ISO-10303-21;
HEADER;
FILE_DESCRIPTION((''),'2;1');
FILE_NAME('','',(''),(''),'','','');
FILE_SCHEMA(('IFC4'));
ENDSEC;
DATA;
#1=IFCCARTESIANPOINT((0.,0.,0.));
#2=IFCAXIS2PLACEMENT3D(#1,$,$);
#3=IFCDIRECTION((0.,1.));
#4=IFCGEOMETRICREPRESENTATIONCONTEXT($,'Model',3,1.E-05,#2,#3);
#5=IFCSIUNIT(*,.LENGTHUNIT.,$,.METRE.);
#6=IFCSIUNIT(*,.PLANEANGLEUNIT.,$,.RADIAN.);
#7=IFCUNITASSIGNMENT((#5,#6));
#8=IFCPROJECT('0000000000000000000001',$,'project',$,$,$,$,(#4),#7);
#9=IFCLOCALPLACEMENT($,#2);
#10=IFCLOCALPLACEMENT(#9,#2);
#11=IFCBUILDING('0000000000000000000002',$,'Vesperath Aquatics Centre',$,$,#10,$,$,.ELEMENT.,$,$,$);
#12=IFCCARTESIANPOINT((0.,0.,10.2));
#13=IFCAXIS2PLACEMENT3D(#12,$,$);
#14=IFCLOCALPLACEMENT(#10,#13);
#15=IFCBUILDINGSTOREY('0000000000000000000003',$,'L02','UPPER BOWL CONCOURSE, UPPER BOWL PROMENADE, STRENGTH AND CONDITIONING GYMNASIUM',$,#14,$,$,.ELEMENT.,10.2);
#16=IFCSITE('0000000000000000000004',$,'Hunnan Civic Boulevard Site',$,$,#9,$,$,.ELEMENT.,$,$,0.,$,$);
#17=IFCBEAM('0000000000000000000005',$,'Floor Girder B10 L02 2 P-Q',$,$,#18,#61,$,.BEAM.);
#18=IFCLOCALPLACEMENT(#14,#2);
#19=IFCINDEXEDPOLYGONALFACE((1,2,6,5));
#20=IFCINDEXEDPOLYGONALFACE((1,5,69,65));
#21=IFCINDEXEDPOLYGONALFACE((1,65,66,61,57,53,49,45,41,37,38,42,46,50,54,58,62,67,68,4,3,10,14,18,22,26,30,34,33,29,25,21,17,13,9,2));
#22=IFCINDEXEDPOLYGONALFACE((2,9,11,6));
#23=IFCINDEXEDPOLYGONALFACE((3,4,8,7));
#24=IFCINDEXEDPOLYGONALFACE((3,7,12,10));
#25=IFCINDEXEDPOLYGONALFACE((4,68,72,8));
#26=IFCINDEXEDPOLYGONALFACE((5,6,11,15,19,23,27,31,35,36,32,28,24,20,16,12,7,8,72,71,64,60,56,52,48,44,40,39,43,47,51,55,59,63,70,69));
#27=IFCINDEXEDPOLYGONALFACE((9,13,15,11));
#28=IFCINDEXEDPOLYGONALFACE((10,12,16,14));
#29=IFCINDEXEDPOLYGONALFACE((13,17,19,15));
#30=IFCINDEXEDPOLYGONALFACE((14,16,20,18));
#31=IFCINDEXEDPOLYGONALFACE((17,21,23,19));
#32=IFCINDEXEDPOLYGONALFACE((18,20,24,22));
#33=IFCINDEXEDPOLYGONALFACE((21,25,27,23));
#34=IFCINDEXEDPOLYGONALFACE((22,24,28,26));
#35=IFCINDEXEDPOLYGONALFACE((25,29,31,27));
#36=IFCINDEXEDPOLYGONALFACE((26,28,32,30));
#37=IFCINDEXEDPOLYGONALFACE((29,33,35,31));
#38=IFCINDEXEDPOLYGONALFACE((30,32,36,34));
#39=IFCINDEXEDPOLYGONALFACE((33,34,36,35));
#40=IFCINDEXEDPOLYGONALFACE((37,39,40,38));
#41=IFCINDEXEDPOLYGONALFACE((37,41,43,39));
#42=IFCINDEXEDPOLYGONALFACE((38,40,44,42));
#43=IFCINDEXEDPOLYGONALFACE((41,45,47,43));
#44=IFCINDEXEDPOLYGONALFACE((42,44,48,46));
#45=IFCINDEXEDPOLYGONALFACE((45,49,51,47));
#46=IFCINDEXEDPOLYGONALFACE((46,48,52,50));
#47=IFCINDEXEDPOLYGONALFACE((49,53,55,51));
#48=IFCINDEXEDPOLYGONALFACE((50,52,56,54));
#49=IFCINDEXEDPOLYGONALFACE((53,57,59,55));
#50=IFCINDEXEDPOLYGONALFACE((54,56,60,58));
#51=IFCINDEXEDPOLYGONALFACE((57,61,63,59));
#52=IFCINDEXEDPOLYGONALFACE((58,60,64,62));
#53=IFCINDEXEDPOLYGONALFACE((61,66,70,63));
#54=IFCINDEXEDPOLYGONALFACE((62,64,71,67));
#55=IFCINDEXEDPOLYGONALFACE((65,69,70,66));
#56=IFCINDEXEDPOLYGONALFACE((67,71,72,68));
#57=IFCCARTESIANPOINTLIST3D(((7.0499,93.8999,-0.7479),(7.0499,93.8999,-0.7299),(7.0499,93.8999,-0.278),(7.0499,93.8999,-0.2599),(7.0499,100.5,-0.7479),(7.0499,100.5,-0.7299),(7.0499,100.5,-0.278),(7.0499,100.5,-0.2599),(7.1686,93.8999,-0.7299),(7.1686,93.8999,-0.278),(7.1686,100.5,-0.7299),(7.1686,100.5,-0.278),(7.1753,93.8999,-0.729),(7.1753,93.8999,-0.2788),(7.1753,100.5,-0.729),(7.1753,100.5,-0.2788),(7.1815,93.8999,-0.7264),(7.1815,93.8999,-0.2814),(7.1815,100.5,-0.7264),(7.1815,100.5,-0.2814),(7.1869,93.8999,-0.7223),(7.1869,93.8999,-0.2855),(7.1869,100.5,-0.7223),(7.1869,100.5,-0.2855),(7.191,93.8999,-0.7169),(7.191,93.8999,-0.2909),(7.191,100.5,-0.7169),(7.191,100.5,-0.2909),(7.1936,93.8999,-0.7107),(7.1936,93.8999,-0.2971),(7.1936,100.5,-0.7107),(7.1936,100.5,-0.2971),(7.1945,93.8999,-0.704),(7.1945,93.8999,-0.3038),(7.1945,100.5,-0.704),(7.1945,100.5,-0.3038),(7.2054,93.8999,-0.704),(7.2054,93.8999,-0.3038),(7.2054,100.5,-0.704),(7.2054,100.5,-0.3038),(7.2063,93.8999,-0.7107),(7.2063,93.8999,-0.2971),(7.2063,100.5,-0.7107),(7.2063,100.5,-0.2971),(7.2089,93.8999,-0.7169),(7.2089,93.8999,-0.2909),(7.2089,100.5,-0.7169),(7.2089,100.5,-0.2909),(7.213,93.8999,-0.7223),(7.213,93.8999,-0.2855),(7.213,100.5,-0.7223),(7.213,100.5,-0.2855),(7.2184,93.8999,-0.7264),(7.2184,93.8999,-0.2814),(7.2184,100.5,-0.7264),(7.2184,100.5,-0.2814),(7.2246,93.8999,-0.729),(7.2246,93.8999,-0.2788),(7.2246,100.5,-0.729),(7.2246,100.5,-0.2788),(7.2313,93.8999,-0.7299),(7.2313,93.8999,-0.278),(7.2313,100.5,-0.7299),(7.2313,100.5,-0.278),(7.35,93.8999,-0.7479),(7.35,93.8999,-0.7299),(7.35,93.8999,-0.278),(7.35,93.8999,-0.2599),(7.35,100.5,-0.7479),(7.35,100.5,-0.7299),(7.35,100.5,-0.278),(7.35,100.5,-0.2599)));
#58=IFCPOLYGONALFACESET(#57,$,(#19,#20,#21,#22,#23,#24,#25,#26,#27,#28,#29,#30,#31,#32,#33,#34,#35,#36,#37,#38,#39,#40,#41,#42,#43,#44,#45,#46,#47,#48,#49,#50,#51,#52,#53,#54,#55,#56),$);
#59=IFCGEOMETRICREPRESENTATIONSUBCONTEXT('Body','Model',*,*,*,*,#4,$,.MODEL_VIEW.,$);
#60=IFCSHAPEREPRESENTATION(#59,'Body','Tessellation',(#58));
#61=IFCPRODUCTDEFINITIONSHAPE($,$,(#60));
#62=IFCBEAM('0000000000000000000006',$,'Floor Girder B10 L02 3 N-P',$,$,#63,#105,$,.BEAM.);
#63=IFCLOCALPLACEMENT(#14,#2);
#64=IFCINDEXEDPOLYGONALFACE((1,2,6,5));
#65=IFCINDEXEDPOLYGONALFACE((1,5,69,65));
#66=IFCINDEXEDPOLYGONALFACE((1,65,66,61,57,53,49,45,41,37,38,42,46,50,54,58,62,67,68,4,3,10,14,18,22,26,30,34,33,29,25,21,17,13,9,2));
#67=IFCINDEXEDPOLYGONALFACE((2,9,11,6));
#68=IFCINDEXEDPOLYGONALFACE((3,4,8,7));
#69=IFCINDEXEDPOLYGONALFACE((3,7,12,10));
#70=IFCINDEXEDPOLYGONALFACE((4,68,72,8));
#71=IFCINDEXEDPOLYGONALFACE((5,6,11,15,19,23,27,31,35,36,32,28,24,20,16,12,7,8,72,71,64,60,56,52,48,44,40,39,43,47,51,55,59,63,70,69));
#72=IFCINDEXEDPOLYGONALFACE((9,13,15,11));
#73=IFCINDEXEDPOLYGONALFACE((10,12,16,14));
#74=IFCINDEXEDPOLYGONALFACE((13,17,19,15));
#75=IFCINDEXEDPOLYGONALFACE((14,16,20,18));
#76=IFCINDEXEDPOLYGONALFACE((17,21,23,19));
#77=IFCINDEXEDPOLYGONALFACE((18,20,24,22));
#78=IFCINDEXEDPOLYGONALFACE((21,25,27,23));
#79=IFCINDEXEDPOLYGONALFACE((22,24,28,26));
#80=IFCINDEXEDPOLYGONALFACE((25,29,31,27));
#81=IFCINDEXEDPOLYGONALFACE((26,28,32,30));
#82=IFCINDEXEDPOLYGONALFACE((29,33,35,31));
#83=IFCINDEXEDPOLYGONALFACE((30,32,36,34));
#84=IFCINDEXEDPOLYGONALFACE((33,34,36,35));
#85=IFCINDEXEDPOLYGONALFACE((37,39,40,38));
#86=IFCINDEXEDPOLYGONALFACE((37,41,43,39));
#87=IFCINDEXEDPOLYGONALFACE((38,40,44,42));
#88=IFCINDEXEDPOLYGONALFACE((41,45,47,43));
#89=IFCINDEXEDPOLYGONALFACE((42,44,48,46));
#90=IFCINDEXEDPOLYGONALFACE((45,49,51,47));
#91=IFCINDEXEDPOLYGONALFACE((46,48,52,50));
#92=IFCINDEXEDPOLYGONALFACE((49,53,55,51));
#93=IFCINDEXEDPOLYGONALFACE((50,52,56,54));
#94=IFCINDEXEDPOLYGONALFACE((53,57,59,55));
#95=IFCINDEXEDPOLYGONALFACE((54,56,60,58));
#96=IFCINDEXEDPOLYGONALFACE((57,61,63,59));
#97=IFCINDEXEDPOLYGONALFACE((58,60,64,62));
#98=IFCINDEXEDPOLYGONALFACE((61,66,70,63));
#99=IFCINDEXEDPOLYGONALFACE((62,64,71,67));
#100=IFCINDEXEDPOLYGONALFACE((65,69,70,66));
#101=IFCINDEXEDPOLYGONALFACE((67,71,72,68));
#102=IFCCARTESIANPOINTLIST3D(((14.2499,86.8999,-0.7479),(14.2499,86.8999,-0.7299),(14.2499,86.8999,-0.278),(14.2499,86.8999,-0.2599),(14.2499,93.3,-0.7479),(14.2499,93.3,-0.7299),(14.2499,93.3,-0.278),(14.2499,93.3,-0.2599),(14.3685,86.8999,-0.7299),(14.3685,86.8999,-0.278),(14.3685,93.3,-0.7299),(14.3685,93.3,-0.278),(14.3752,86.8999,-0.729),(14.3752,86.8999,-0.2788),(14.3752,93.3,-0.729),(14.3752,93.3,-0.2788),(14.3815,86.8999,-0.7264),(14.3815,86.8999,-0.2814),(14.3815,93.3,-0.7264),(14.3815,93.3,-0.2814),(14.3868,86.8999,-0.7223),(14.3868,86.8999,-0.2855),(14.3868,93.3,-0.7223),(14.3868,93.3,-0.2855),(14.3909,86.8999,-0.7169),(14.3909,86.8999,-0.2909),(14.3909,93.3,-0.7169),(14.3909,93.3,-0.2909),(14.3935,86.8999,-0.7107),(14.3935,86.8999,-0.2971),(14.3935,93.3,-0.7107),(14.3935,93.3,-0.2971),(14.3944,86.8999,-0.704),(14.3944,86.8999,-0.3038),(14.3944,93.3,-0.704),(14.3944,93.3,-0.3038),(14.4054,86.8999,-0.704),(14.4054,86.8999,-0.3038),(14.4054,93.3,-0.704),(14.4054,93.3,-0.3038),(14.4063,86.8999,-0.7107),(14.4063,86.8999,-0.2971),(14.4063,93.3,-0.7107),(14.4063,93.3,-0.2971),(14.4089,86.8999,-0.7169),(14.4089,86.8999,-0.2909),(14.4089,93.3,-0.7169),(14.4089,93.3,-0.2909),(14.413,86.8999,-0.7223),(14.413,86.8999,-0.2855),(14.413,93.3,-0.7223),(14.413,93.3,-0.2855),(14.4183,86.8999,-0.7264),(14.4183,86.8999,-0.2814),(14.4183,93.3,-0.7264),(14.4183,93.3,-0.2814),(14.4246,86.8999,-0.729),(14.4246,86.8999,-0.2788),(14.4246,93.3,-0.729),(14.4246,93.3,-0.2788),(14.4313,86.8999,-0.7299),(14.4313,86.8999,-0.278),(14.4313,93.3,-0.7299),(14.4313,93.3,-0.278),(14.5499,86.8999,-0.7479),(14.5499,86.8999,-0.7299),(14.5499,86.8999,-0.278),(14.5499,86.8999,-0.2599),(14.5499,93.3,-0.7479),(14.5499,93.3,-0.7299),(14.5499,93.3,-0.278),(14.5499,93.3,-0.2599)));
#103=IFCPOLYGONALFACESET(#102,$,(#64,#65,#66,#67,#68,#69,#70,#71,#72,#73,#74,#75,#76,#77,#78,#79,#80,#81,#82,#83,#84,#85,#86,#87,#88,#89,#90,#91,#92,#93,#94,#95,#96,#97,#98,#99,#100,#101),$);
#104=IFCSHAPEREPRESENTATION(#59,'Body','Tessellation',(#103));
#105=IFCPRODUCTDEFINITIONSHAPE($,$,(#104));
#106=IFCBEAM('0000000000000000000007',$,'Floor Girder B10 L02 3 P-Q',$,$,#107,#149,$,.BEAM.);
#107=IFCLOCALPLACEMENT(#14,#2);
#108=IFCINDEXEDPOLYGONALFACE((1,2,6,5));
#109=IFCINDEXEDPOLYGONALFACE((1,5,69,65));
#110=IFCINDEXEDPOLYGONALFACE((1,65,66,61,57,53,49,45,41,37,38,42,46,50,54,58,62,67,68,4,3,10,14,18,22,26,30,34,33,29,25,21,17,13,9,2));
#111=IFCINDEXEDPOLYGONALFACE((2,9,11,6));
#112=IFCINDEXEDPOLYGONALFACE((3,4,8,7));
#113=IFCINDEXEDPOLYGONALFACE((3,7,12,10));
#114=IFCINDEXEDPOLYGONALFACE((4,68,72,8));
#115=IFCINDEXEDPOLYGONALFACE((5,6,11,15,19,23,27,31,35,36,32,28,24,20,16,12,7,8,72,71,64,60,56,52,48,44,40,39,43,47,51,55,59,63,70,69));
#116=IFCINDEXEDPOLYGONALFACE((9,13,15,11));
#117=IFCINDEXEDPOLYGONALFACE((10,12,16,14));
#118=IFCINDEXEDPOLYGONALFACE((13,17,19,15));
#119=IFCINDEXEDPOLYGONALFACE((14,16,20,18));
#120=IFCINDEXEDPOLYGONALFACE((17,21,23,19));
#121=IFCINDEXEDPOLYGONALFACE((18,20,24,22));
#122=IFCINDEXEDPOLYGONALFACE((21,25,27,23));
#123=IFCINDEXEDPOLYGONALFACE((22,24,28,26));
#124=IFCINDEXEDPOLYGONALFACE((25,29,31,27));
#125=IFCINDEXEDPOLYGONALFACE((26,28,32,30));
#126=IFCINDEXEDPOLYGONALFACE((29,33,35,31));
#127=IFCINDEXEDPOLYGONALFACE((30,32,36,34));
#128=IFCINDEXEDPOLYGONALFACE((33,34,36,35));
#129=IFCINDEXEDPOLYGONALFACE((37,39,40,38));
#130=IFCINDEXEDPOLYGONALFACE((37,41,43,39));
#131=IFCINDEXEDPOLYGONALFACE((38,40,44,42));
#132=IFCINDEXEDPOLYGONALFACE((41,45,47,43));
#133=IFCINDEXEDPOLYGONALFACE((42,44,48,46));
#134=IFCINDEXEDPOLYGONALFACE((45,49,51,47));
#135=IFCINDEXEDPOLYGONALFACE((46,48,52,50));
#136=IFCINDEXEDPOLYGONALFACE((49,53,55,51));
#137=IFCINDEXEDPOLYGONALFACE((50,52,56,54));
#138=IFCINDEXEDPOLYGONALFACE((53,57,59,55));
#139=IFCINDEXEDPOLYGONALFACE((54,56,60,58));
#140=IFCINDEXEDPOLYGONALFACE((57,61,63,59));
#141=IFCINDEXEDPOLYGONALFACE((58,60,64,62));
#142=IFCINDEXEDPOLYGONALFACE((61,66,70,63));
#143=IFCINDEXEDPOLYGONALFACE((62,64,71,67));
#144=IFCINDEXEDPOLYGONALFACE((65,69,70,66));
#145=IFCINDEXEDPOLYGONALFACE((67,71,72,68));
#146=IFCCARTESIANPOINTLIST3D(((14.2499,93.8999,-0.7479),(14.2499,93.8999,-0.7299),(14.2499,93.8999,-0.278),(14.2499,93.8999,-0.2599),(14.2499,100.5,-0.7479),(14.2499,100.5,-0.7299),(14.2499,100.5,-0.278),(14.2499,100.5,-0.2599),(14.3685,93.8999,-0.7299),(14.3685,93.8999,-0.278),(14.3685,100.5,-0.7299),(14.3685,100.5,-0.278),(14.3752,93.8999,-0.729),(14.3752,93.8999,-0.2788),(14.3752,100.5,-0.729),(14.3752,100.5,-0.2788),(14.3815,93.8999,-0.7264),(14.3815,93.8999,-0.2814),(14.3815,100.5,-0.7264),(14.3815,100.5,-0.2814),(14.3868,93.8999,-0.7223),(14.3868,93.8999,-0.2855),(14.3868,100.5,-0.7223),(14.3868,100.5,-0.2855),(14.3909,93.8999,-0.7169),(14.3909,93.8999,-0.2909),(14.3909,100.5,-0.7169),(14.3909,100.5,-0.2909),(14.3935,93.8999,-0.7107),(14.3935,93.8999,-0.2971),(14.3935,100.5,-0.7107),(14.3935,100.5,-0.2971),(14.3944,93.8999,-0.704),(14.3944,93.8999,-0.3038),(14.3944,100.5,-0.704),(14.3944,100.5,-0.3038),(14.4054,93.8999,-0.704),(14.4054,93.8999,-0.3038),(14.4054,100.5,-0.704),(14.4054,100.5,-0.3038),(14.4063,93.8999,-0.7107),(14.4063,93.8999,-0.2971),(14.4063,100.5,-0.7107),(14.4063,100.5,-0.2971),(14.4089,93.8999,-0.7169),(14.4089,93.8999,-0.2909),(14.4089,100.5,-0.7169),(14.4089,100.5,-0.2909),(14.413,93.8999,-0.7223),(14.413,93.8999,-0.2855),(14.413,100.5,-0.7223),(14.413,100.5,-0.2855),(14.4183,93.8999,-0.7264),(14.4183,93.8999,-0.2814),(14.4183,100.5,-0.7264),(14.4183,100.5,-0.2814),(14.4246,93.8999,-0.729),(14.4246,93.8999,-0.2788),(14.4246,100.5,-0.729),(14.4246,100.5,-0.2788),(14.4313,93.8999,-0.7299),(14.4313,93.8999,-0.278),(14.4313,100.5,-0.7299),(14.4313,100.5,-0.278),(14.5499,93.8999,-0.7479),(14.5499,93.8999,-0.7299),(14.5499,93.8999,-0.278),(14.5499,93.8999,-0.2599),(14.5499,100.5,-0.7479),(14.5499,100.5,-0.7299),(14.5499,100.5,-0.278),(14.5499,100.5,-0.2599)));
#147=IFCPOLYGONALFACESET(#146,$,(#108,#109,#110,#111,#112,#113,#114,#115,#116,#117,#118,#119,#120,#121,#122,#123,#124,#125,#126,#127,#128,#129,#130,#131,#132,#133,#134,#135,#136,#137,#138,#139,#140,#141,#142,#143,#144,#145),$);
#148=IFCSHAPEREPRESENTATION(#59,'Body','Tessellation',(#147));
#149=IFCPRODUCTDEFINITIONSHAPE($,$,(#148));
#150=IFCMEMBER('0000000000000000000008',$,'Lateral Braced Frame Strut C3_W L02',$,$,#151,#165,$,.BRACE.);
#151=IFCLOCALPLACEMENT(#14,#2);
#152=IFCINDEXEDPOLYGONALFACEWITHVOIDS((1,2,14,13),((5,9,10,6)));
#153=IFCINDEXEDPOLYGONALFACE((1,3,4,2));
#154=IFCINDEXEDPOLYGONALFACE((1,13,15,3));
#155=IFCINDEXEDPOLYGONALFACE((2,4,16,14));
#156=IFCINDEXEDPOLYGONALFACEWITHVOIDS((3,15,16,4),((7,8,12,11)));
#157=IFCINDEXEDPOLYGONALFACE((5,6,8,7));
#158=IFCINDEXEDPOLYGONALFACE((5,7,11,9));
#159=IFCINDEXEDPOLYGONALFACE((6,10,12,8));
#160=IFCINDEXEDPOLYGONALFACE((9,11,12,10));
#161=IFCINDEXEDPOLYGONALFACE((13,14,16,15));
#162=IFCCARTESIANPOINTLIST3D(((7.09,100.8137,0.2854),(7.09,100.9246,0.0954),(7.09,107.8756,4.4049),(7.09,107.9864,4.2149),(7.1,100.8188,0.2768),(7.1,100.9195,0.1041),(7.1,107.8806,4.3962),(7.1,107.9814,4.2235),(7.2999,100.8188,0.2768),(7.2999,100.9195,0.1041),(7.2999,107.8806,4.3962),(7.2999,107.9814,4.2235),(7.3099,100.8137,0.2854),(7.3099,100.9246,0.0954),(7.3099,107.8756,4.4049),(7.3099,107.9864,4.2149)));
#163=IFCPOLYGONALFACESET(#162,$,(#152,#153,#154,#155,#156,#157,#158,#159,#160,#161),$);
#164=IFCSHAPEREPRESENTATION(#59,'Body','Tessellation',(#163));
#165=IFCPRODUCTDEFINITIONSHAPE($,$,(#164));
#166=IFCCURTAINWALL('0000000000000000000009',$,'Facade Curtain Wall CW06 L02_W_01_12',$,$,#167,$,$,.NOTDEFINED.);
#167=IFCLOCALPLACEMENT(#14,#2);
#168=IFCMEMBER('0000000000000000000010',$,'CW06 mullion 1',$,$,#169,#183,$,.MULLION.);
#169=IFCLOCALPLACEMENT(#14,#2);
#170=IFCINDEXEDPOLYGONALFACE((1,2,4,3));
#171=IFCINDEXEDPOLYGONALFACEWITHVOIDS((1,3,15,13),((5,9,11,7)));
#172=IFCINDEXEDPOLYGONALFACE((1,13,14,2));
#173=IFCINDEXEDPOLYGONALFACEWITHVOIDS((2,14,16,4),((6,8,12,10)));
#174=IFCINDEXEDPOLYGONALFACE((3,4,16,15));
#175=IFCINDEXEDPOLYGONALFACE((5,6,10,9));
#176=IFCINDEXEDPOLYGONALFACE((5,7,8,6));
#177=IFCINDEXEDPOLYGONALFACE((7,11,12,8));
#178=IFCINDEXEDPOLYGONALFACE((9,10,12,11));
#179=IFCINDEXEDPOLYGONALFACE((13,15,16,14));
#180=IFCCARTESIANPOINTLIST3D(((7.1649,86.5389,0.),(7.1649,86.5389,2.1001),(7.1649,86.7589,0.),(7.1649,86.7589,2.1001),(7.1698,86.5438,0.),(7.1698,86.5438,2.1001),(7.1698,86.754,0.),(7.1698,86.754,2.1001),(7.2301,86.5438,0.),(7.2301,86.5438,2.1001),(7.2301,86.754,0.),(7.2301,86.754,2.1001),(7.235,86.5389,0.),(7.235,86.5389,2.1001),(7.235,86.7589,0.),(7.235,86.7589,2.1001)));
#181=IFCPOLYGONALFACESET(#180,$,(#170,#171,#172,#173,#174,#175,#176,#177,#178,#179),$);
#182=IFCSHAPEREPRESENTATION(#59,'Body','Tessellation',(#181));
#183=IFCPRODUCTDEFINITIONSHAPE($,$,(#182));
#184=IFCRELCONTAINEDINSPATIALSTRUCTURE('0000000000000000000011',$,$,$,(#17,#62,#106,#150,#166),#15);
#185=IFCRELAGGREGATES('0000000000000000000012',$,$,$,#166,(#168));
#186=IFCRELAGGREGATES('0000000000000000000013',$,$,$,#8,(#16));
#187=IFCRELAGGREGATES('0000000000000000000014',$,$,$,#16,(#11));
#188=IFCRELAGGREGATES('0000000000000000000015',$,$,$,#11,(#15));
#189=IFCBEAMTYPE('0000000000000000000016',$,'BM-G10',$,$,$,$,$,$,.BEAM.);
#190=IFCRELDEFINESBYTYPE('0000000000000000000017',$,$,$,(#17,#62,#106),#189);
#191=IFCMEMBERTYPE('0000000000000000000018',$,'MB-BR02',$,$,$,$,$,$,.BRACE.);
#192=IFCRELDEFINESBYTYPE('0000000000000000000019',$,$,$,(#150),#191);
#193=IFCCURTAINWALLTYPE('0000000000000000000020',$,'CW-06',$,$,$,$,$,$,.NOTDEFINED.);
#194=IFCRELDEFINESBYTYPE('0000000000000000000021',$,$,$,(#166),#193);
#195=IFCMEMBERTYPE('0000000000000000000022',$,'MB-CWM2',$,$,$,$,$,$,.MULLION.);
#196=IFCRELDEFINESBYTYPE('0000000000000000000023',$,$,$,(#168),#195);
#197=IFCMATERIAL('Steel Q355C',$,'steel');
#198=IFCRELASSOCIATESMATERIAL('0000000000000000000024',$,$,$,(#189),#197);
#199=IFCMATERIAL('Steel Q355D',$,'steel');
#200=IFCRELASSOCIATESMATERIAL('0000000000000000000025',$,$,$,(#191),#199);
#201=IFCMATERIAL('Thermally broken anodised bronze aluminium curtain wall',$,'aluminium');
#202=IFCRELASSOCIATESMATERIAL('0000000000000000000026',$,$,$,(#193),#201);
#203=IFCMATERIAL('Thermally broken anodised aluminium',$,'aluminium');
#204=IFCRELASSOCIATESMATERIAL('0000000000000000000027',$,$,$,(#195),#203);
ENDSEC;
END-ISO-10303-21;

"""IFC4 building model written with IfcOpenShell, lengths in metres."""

from ifc_helpers import new_model, si_unit, direction, frame, origin, origin_2d, place, context, subcontext, project, spatial, hollow_rectangle, i_section, extrude, material, material_profile, profile_set, type_object, element, aggregate, save


model = new_model("IFC4")

# Units and contexts
model_context = context("Model", 3, precision=1e-05, world=origin(), true_north=direction((0.0, 1.0)))
body_context = subcontext(model_context, "Body", "Model", "MODEL_VIEW")
ifc_project = project(units=[si_unit("LENGTHUNIT", "METRE"), si_unit("PLANEANGLEUNIT", "RADIAN")], contexts=[model_context])

# Site, building, storey
site_placement = place(None, origin())
site = spatial("IfcSite", under=ifc_project, at=site_placement, Name="Hunnan Civic Boulevard Site", CompositionType="ELEMENT", RefElevation=0.0)
building_placement = place(site_placement, origin())
building = spatial("IfcBuilding", under=site, at=building_placement, Name="Vesperath Aquatics Centre", CompositionType="ELEMENT")
storey_placement = place(building_placement, frame((0.0, 0.0, 10.2)))
storey = spatial("IfcBuildingStorey", under=building, at=storey_placement, Name="L02", Description="UPPER BOWL CONCOURSE, UPPER BOWL PROMENADE, STRENGTH AND CONDITIONING GYMNASIUM", CompositionType="ELEMENT", Elevation=10.2)

# Beams
ifc_material_1 = material(Name="Steel Q355C", Category="steel")
ifc_material_profile_1 = material_profile(ifc_material_1, i_section(OverallWidth=0.3, OverallDepth=0.488, WebThickness=0.011, FlangeThickness=0.0181, FilletRadius=0.0259, at=origin_2d()), Name="HM 488x300x11x18")
ifc_profile_set_1 = profile_set([ifc_material_profile_1], Name="Steel Q355C")
beam_type_1 = type_object("IfcBeamType", Name="BM-G10", PredefinedType="BEAM", material=ifc_profile_set_1)
beam_1_placement = place(storey_placement, frame((7.2, 93.8999, -0.5039), z_axis=(0.0, 1.0, 0.0), x_axis=(-1.0, 0.0, 0.0)))
element("IfcBeam", 1, at=beam_1_placement, inside=storey, type_object=beam_type_1, Name="Floor Girder B10 L02 2 P-Q", PredefinedType="BEAM", context=body_context, shape_type="SweptSolid", body=[
    extrude(i_section(OverallWidth=0.3, OverallDepth=0.488, WebThickness=0.011, FlangeThickness=0.0181, FilletRadius=0.0259, at=origin_2d()), origin(), (0.0, 0.0, 1.0), 6.6001),
])
beam_2_placement = place(storey_placement, frame((14.3999, 86.8999, -0.5039), z_axis=(0.0, 1.0, 0.0), x_axis=(-1.0, 0.0, 0.0)))
element("IfcBeam", 2, at=beam_2_placement, inside=storey, type_object=beam_type_1, Name="Floor Girder B10 L02 3 N-P", PredefinedType="BEAM", context=body_context, shape_type="SweptSolid", body=[
    extrude(i_section(OverallWidth=0.3, OverallDepth=0.488, WebThickness=0.011, FlangeThickness=0.0181, FilletRadius=0.0259, at=origin_2d()), origin(), (0.0, 0.0, 1.0), 6.4001),
])
beam_3_placement = place(storey_placement, frame((14.3999, 93.8999, -0.5039), z_axis=(0.0, 1.0, 0.0), x_axis=(-1.0, 0.0, 0.0)))
element("IfcBeam", 3, at=beam_3_placement, inside=storey, type_object=beam_type_1, Name="Floor Girder B10 L02 3 P-Q", PredefinedType="BEAM", context=body_context, shape_type="SweptSolid", body=[
    extrude(i_section(OverallWidth=0.3, OverallDepth=0.488, WebThickness=0.011, FlangeThickness=0.0181, FilletRadius=0.0259, at=origin_2d()), origin(), (0.0, 0.0, 1.0), 6.6001),
])

# Member
ifc_material_2 = material(Name="Steel Q355D", Category="steel")
ifc_material_profile_2 = material_profile(ifc_material_2, hollow_rectangle(XDim=0.22, YDim=0.22, WallThickness=0.01, at=origin_2d()), Name="SHS 220x220x10")
ifc_profile_set_2 = profile_set([ifc_material_profile_2], Name="Steel Q355D")
member_type_1 = type_object("IfcMemberType", Name="MB-BR02", PredefinedType="BRACE", material=ifc_profile_set_2)
member_1_placement = place(storey_placement, frame((7.2, 100.8691, 0.1904), z_axis=(0.0, 0.863778, 0.503873), x_axis=(-1.0, 0.0, 0.0)))
element("IfcMember", 4, at=member_1_placement, inside=storey, type_object=member_type_1, Name="Lateral Braced Frame Strut C3_W L02", PredefinedType="BRACE", context=body_context, shape_type="SweptSolid", body=[
    extrude(hollow_rectangle(XDim=0.22, YDim=0.22, WallThickness=0.01, at=origin_2d()), origin(), (0.0, 0.0, 1.0), 8.1755),
])

# Curtain wall, member
ifc_material_3 = material(Name="Thermally broken anodised bronze aluminium curtain wall", Category="aluminium")
curtain_wall_type = type_object("IfcCurtainWallType", Name="CW-06", PredefinedType="NOTDEFINED", material=ifc_material_3)
curtain_wall_placement = place(storey_placement, origin())
curtain_wall = element("IfcCurtainWall", 5, at=curtain_wall_placement, inside=storey, type_object=curtain_wall_type, Name="Facade Curtain Wall CW06 L02_W_01_12", PredefinedType="NOTDEFINED")
ifc_material_4 = material(Name="Thermally broken anodised aluminium", Category="aluminium")
ifc_material_profile_3 = material_profile(ifc_material_4, hollow_rectangle(XDim=0.0701, YDim=0.22, WallThickness=0.0049, at=origin_2d()), Name="CWM 70x220x5")
ifc_profile_set_3 = profile_set([ifc_material_profile_3], Name="Thermally broken anodised aluminium")
member_type_2 = type_object("IfcMemberType", Name="MB-CWM2", PredefinedType="MULLION", material=ifc_profile_set_3)
member_2_placement = place(storey_placement, frame((7.2, 86.6489, 0.0), z_axis=(0.0, 0.0, 1.0), x_axis=(-1.0, 0.0, 0.0)))
member_2 = element("IfcMember", 6, at=member_2_placement, type_object=member_type_2, Name="CW06 mullion 1", PredefinedType="MULLION", context=body_context, shape_type="SweptSolid", body=[
    extrude(hollow_rectangle(XDim=0.0701, YDim=0.22, WallThickness=0.0049, at=origin_2d()), origin(), (0.0, 0.0, 1.0), 2.1001),
])
aggregate(curtain_wall, [member_2])

save(model, "model.ifc")
